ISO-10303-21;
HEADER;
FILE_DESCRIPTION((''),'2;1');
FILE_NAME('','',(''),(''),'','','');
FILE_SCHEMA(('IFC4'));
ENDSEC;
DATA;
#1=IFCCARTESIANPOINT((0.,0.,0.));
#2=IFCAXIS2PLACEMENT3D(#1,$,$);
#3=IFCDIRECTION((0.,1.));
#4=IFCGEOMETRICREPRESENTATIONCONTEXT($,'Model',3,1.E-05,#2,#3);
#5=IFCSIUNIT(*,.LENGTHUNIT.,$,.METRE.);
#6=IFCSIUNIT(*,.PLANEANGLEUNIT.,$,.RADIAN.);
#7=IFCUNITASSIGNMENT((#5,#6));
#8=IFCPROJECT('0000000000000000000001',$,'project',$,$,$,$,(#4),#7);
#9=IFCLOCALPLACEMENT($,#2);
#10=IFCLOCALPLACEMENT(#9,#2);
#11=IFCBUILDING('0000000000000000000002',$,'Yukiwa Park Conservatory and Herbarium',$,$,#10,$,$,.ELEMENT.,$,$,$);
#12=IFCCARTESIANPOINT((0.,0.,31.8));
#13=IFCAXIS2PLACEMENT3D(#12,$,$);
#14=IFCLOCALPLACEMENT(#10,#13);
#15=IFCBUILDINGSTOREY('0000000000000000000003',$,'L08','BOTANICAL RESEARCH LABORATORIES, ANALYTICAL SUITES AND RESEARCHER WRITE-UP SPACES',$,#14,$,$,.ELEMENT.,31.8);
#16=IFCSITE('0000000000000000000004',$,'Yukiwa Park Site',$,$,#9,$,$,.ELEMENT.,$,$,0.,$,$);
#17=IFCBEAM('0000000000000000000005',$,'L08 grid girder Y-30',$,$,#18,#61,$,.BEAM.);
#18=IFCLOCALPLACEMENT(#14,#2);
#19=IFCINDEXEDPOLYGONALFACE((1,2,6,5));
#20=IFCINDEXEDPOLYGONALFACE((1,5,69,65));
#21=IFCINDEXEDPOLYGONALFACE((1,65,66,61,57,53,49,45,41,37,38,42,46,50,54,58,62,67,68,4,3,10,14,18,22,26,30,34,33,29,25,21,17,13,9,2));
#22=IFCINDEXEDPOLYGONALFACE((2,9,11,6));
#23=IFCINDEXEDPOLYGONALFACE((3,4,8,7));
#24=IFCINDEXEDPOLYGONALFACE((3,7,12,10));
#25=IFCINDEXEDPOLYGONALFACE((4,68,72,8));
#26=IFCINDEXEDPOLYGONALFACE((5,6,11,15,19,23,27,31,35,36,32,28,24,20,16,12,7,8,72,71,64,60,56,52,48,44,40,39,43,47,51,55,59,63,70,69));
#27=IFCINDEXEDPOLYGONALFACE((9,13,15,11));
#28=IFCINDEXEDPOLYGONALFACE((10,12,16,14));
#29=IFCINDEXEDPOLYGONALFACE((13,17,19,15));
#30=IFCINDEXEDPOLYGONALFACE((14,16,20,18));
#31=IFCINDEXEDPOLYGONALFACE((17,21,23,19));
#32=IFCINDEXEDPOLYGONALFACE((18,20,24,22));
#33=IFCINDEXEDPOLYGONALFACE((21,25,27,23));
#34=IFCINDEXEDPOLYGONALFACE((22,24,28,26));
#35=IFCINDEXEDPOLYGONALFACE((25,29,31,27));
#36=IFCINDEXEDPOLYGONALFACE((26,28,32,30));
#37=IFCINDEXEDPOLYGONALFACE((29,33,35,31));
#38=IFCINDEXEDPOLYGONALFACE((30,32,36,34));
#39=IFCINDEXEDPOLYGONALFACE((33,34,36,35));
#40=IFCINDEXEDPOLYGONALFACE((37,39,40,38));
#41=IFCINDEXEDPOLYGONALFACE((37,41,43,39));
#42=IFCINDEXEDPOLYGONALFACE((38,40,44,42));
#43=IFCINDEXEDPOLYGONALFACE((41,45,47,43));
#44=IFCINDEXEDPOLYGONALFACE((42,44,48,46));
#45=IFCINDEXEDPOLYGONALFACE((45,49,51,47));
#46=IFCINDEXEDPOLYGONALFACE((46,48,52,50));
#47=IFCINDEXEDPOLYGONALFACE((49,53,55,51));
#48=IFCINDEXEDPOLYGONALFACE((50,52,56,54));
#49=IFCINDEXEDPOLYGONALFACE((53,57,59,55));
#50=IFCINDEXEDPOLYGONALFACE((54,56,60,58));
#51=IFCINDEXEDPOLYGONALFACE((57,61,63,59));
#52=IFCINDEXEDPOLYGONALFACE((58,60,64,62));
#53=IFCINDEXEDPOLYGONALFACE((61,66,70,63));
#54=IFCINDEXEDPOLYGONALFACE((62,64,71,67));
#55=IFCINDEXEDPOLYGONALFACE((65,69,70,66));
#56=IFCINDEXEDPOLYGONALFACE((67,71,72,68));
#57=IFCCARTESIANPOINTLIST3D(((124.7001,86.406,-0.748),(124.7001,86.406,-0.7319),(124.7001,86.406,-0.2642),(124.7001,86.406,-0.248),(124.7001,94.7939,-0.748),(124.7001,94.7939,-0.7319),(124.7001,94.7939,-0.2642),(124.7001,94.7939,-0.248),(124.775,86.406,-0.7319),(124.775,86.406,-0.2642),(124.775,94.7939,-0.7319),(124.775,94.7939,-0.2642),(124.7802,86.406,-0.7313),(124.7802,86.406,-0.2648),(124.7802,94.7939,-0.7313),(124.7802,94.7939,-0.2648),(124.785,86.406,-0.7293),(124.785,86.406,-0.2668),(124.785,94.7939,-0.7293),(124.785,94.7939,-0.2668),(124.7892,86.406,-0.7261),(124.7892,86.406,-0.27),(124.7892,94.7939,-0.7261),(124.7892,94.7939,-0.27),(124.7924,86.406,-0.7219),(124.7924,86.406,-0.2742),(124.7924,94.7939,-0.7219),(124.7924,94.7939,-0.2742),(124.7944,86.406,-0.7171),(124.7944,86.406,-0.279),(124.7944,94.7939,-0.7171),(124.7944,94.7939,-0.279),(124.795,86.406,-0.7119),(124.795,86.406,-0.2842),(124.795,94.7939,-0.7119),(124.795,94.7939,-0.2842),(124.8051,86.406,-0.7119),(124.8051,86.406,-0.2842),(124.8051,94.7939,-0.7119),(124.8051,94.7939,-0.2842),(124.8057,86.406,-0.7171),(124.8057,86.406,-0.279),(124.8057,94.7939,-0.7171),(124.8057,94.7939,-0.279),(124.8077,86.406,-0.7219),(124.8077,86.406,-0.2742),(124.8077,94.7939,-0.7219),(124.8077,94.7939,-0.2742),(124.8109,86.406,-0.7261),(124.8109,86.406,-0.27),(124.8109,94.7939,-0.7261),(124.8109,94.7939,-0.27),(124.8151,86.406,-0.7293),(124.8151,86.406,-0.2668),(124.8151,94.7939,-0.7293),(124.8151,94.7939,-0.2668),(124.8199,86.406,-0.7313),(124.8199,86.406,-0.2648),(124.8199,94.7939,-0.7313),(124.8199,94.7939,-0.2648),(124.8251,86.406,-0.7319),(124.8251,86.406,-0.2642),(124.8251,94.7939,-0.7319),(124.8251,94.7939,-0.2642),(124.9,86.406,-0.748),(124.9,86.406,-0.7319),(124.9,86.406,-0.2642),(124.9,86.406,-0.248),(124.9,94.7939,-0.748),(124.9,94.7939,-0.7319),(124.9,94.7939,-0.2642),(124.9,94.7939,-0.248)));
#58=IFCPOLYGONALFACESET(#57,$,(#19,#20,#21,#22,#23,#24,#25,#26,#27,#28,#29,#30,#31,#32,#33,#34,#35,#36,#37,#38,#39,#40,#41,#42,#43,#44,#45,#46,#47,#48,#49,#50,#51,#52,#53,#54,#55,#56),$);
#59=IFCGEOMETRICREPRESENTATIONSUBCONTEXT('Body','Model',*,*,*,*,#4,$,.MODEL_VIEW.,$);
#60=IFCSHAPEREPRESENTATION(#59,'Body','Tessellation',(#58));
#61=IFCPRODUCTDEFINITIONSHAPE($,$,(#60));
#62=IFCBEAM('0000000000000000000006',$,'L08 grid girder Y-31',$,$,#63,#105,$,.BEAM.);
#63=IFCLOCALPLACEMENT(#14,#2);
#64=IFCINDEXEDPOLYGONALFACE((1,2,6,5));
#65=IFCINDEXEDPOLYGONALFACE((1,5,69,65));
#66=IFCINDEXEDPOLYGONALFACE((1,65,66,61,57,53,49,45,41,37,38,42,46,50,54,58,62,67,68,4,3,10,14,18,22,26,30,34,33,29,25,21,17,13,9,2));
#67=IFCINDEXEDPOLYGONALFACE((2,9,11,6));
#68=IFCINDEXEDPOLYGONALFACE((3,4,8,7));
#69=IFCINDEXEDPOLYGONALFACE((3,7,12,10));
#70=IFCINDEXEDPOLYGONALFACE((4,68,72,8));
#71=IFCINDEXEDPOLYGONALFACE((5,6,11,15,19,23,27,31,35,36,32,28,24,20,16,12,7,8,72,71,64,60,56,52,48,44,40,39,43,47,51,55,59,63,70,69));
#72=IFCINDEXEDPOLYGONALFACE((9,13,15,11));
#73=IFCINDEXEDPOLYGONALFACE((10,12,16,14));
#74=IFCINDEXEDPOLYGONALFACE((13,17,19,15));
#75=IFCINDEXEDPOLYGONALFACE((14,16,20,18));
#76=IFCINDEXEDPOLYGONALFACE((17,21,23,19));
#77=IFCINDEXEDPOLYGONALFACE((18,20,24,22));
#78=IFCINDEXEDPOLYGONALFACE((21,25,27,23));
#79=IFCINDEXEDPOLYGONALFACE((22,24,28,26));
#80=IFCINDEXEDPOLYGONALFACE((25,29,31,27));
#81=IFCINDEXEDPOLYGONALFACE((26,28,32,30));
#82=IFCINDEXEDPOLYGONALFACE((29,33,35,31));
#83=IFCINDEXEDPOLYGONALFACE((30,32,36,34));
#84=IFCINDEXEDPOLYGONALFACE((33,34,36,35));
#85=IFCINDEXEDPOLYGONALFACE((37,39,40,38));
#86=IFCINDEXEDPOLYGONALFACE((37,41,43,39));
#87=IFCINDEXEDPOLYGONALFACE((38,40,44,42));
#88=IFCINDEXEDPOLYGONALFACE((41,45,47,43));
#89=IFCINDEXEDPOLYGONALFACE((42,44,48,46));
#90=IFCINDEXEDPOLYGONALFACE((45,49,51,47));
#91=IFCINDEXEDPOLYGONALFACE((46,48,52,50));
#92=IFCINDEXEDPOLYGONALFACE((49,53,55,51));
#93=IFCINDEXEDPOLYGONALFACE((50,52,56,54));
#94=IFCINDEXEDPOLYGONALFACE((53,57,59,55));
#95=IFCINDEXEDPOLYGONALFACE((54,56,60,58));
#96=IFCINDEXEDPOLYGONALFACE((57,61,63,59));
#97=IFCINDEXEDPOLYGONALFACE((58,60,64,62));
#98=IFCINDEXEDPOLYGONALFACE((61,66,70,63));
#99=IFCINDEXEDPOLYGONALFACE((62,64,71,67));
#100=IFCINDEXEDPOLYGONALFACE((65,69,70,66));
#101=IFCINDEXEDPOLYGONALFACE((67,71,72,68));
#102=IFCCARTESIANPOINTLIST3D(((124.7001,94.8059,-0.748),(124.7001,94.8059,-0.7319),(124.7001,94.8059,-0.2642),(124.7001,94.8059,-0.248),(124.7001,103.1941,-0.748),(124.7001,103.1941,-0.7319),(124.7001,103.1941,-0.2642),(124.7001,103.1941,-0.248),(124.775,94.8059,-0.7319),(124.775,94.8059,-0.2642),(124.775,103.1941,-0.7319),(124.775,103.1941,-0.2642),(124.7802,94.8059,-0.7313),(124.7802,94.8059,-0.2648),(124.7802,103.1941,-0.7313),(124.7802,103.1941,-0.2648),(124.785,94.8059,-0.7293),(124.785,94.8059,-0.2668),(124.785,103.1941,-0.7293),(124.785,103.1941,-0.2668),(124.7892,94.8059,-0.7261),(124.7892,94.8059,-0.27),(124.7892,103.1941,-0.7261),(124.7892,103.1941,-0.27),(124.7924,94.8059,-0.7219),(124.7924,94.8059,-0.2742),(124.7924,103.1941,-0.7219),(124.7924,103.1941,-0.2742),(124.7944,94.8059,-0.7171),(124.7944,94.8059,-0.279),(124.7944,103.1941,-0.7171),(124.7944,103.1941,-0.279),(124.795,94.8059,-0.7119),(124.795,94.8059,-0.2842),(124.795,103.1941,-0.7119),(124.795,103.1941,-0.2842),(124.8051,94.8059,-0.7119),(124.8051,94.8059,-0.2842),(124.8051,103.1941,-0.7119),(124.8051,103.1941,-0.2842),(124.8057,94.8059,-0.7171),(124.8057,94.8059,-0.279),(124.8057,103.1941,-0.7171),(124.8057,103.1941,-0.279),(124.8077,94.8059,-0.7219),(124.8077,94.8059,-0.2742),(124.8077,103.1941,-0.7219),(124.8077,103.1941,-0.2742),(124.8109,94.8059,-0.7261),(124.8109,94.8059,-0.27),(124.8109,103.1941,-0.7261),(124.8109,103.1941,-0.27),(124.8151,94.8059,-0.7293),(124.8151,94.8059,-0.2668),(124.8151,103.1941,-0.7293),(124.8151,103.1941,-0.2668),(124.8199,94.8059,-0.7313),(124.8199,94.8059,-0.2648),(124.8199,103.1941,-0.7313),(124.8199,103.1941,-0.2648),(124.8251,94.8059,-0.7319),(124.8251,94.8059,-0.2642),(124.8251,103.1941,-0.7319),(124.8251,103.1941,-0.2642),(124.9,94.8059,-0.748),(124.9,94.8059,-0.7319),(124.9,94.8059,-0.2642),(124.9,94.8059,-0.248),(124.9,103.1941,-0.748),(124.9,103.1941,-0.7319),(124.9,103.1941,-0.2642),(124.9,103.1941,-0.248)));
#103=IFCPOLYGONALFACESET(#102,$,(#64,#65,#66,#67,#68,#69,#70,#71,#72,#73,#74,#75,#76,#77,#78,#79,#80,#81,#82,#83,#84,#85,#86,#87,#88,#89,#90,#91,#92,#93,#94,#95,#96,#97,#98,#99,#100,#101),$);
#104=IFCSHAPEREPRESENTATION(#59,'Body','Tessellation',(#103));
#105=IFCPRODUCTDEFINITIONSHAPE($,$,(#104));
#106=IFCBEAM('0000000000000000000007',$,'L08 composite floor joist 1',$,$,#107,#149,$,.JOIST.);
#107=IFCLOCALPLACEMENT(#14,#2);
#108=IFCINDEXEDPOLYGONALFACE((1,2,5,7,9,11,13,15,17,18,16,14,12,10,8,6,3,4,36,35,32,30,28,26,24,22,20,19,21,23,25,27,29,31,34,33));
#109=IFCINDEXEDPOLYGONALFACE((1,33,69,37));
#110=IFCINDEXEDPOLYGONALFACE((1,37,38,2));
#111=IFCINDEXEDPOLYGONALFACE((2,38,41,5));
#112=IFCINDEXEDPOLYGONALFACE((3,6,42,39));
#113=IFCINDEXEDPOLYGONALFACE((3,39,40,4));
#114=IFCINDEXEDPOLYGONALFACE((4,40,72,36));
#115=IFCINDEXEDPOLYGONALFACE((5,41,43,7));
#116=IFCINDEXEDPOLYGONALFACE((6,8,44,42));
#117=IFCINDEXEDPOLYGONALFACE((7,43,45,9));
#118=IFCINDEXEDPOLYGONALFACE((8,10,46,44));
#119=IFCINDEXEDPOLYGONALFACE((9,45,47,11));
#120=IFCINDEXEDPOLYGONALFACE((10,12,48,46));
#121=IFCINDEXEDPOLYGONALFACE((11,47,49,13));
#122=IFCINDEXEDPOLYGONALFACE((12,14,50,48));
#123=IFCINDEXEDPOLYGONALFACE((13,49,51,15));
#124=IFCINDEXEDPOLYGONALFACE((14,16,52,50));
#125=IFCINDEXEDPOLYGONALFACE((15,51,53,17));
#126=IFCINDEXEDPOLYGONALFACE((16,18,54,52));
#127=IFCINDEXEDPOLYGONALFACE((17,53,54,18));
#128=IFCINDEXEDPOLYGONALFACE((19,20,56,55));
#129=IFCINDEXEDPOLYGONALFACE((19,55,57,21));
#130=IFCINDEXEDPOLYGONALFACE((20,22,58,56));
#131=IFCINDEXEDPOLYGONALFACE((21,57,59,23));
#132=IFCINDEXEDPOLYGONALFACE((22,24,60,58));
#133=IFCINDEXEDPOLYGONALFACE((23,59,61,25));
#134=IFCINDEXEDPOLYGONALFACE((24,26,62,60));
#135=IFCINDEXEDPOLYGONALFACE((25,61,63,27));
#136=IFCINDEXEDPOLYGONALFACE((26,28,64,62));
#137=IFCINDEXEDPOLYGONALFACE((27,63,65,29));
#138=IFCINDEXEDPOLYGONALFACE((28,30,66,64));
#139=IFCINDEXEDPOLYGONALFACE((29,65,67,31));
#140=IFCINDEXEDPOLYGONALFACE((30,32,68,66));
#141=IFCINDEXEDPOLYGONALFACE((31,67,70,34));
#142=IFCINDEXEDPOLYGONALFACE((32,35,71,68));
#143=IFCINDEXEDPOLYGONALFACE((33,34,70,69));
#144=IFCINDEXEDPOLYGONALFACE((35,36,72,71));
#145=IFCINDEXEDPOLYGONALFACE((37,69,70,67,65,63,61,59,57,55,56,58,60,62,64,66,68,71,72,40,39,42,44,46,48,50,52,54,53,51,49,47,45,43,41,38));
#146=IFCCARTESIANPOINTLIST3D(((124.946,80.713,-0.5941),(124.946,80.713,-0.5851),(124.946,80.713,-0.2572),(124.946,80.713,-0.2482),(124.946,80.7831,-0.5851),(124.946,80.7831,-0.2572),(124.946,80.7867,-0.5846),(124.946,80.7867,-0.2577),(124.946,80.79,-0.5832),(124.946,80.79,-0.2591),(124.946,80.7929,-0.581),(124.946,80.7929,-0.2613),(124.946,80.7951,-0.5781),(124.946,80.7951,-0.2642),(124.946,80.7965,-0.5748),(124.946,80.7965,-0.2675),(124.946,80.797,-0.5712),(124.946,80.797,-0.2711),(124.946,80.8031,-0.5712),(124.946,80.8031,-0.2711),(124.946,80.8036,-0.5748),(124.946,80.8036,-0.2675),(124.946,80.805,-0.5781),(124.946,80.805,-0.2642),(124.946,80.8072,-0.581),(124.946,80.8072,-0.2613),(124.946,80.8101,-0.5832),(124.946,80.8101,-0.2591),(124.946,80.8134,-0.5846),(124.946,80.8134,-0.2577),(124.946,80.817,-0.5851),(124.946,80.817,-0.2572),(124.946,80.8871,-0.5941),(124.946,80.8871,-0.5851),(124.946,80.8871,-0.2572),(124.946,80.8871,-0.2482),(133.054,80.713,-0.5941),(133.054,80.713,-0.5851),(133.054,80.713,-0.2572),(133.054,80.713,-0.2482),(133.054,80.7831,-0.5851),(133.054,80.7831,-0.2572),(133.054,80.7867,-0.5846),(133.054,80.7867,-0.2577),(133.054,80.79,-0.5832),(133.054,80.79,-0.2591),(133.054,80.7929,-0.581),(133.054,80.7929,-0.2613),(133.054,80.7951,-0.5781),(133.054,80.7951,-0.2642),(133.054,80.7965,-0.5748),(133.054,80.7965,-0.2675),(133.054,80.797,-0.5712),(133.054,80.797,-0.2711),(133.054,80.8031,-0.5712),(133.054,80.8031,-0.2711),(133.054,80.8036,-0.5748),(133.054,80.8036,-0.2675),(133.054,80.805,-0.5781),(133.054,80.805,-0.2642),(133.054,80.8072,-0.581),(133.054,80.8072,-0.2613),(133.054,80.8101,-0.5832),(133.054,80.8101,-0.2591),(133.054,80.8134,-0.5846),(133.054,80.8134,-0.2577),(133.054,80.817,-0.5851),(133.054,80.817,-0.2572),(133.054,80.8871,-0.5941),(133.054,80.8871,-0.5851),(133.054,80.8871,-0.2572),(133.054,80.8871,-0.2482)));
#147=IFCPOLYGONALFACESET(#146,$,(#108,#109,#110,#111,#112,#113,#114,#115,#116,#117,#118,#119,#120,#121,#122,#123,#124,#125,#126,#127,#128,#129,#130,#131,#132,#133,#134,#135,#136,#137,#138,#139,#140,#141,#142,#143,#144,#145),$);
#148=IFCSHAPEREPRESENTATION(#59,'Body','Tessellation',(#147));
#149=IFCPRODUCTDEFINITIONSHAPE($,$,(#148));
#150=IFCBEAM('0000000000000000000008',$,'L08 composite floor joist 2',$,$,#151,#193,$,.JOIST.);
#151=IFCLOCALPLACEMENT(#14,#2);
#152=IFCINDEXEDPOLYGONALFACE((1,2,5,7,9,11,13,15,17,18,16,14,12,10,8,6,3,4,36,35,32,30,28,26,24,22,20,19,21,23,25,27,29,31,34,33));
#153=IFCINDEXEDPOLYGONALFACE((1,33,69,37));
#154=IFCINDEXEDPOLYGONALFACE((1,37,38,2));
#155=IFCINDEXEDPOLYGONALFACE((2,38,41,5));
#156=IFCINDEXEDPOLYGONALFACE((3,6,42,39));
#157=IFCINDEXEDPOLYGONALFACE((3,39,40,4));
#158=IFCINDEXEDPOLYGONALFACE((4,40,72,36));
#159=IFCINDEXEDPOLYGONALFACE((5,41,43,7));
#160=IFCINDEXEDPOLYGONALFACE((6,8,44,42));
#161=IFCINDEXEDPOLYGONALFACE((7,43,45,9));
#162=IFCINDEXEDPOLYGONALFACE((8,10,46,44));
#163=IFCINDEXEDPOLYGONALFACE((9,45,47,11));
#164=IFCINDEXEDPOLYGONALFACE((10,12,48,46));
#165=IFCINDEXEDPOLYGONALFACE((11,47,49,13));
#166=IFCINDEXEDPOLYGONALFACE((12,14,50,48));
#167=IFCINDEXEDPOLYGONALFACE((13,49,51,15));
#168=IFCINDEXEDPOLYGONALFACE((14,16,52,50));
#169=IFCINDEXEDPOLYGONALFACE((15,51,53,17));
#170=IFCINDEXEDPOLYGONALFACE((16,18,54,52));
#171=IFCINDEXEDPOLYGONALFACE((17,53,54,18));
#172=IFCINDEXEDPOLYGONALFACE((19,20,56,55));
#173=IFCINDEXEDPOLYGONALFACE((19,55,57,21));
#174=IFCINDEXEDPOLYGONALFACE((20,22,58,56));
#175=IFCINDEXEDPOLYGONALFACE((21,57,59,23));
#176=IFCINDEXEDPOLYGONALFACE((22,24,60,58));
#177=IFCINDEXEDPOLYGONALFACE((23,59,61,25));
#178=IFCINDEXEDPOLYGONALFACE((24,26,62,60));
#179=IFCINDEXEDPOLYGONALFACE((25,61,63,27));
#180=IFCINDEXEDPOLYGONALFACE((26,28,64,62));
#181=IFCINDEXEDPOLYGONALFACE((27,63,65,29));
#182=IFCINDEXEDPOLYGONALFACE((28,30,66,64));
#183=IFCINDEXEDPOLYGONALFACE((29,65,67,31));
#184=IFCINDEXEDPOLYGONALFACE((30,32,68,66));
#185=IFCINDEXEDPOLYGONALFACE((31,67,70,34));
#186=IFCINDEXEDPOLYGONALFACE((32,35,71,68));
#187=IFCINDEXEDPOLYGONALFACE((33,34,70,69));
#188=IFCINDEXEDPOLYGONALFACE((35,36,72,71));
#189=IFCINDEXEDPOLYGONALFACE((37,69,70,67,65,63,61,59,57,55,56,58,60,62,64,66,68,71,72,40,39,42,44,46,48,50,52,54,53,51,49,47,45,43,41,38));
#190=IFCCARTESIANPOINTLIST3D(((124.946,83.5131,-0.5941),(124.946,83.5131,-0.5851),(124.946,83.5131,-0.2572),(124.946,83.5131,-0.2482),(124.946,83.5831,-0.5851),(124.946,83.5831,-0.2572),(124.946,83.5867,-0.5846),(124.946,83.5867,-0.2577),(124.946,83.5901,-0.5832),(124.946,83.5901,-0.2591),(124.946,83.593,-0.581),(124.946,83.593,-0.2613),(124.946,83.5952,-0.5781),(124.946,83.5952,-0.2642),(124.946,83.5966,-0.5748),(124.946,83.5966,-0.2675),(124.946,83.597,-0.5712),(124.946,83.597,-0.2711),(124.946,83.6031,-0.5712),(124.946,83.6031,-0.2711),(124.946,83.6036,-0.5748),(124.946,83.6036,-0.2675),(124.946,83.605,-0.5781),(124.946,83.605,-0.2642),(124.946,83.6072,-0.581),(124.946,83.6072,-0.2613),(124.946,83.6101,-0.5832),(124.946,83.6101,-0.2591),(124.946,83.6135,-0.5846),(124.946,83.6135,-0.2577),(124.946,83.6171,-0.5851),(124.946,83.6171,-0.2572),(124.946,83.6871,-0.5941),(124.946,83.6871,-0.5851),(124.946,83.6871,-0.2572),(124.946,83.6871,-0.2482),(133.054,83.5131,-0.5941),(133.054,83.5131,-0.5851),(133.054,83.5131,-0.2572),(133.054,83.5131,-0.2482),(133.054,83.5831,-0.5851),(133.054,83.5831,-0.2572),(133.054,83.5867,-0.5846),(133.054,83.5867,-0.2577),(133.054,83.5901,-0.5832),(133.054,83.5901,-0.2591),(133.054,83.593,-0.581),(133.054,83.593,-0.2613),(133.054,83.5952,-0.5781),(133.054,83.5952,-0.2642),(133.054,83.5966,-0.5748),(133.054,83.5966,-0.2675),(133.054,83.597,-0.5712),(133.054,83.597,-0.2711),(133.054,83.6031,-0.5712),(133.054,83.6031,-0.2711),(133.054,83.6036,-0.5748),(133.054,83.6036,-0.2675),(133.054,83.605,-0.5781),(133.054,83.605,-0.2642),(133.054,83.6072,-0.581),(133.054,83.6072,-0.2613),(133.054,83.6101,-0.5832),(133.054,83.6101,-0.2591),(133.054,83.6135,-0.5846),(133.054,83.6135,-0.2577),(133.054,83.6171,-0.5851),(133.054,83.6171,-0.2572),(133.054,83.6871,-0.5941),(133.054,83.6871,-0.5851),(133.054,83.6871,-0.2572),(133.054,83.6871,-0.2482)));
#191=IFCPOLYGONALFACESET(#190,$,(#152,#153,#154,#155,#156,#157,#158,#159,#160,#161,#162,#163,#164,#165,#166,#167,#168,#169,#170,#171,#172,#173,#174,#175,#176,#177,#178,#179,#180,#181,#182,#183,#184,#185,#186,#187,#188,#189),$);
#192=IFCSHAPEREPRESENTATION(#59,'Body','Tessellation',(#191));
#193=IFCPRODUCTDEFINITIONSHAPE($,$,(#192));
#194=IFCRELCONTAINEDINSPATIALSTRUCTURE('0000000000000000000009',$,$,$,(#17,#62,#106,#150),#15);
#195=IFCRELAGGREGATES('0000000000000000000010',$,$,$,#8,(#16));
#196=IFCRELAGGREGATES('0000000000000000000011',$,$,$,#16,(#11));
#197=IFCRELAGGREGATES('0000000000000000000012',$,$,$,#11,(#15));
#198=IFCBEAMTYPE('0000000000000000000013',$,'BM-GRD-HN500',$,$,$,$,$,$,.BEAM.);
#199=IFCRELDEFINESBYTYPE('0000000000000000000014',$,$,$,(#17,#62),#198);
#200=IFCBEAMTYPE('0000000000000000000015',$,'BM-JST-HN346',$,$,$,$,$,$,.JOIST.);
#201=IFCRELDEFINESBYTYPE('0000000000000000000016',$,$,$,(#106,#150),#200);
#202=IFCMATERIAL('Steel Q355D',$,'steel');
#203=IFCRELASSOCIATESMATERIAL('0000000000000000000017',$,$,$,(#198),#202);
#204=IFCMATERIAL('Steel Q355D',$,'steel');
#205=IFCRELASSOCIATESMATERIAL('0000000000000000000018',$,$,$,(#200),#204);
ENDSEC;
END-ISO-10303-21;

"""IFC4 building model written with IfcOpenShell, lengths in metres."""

from ifc_helpers import new_model, si_unit, direction, frame, origin, origin_2d, place, context, subcontext, project, spatial, i_section, extrude, material, material_profile, profile_set, type_object, element, save


model = new_model("IFC4")

# Units and contexts
model_context = context("Model", 3, precision=1e-05, world=origin(), true_north=direction((0.0, 1.0)))
body_context = subcontext(model_context, "Body", "Model", "MODEL_VIEW")
ifc_project = project(units=[si_unit("LENGTHUNIT", "METRE"), si_unit("PLANEANGLEUNIT", "RADIAN")], contexts=[model_context])

# Site, building, storey
site_placement = place(None, origin())
site = spatial("IfcSite", under=ifc_project, at=site_placement, Name="Yukiwa Park Site", CompositionType="ELEMENT", RefElevation=0.0)
building_placement = place(site_placement, origin())
building = spatial("IfcBuilding", under=site, at=building_placement, Name="Yukiwa Park Conservatory and Herbarium", CompositionType="ELEMENT")
storey_placement = place(building_placement, frame((0.0, 0.0, 31.8)))
storey = spatial("IfcBuildingStorey", under=building, at=storey_placement, Name="L08", Description="BOTANICAL RESEARCH LABORATORIES, ANALYTICAL SUITES AND RESEARCHER WRITE-UP SPACES", CompositionType="ELEMENT", Elevation=31.8)

# Beams
ifc_material_1 = material(Name="Steel Q355D", Category="steel")
ifc_material_profile_1 = material_profile(ifc_material_1, i_section(OverallWidth=0.2, OverallDepth=0.5, WebThickness=0.01, FlangeThickness=0.0161, FilletRadius=0.02, at=origin_2d()), Name="HN 500x200x10x16")
ifc_profile_set_1 = profile_set([ifc_material_profile_1], Name="Steel Q355D")
beam_type_1 = type_object("IfcBeamType", Name="BM-GRD-HN500", PredefinedType="BEAM", material=ifc_profile_set_1)
beam_1_placement = place(storey_placement, frame((124.8, 86.406, -0.498), z_axis=(0.0, 1.0, 0.0), x_axis=(-1.0, 0.0, 0.0)))
element("IfcBeam", 1, at=beam_1_placement, inside=storey, type_object=beam_type_1, Name="L08 grid girder Y-30", PredefinedType="BEAM", context=body_context, shape_type="SweptSolid", body=[
    extrude(i_section(OverallWidth=0.2, OverallDepth=0.5, WebThickness=0.01, FlangeThickness=0.0161, FilletRadius=0.02, at=origin_2d()), origin(), (0.0, 0.0, 1.0), 8.3879),
])
beam_2_placement = place(storey_placement, frame((124.8, 94.8059, -0.498), z_axis=(0.0, 1.0, 0.0), x_axis=(-1.0, 0.0, 0.0)))
element("IfcBeam", 2, at=beam_2_placement, inside=storey, type_object=beam_type_1, Name="L08 grid girder Y-31", PredefinedType="BEAM", context=body_context, shape_type="SweptSolid", body=[
    extrude(i_section(OverallWidth=0.2, OverallDepth=0.5, WebThickness=0.01, FlangeThickness=0.0161, FilletRadius=0.02, at=origin_2d()), origin(), (0.0, 0.0, 1.0), 8.3882),
])
ifc_material_2 = material(Name="Steel Q355D", Category="steel")
ifc_material_profile_2 = material_profile(ifc_material_2, i_section(OverallWidth=0.1741, OverallDepth=0.3459, WebThickness=0.0061, FlangeThickness=0.009, FilletRadius=0.0139, at=origin_2d()), Name="HN 346x174x6x9")
ifc_profile_set_2 = profile_set([ifc_material_profile_2], Name="Steel Q355D")
beam_type_2 = type_object("IfcBeamType", Name="BM-JST-HN346", PredefinedType="JOIST", material=ifc_profile_set_2)
for number, where, z_axis, x_axis, name in (
    (3, (124.946, 80.8, -0.4211), (1.0, 0.0, 0.0), (0.0, 1.0, 0.0), "L08 composite floor joist 1"),
    (4, (124.946, 83.6001, -0.4211), (1.0, 0.0, 0.0), (0.0, 1.0, 0.0), "L08 composite floor joist 2"),
):
    element("IfcBeam", number, at=place(storey_placement, frame(where, z_axis=z_axis, x_axis=x_axis)), inside=storey, type_object=beam_type_2, Name=name, PredefinedType="JOIST", context=body_context, shape_type="SweptSolid", body=[
        extrude(i_section(OverallWidth=0.1741, OverallDepth=0.3459, WebThickness=0.0061, FlangeThickness=0.009, FilletRadius=0.0139, at=origin_2d()), origin(), (0.0, 0.0, 1.0), 8.1079),
    ])

save(model, "model.ifc")
